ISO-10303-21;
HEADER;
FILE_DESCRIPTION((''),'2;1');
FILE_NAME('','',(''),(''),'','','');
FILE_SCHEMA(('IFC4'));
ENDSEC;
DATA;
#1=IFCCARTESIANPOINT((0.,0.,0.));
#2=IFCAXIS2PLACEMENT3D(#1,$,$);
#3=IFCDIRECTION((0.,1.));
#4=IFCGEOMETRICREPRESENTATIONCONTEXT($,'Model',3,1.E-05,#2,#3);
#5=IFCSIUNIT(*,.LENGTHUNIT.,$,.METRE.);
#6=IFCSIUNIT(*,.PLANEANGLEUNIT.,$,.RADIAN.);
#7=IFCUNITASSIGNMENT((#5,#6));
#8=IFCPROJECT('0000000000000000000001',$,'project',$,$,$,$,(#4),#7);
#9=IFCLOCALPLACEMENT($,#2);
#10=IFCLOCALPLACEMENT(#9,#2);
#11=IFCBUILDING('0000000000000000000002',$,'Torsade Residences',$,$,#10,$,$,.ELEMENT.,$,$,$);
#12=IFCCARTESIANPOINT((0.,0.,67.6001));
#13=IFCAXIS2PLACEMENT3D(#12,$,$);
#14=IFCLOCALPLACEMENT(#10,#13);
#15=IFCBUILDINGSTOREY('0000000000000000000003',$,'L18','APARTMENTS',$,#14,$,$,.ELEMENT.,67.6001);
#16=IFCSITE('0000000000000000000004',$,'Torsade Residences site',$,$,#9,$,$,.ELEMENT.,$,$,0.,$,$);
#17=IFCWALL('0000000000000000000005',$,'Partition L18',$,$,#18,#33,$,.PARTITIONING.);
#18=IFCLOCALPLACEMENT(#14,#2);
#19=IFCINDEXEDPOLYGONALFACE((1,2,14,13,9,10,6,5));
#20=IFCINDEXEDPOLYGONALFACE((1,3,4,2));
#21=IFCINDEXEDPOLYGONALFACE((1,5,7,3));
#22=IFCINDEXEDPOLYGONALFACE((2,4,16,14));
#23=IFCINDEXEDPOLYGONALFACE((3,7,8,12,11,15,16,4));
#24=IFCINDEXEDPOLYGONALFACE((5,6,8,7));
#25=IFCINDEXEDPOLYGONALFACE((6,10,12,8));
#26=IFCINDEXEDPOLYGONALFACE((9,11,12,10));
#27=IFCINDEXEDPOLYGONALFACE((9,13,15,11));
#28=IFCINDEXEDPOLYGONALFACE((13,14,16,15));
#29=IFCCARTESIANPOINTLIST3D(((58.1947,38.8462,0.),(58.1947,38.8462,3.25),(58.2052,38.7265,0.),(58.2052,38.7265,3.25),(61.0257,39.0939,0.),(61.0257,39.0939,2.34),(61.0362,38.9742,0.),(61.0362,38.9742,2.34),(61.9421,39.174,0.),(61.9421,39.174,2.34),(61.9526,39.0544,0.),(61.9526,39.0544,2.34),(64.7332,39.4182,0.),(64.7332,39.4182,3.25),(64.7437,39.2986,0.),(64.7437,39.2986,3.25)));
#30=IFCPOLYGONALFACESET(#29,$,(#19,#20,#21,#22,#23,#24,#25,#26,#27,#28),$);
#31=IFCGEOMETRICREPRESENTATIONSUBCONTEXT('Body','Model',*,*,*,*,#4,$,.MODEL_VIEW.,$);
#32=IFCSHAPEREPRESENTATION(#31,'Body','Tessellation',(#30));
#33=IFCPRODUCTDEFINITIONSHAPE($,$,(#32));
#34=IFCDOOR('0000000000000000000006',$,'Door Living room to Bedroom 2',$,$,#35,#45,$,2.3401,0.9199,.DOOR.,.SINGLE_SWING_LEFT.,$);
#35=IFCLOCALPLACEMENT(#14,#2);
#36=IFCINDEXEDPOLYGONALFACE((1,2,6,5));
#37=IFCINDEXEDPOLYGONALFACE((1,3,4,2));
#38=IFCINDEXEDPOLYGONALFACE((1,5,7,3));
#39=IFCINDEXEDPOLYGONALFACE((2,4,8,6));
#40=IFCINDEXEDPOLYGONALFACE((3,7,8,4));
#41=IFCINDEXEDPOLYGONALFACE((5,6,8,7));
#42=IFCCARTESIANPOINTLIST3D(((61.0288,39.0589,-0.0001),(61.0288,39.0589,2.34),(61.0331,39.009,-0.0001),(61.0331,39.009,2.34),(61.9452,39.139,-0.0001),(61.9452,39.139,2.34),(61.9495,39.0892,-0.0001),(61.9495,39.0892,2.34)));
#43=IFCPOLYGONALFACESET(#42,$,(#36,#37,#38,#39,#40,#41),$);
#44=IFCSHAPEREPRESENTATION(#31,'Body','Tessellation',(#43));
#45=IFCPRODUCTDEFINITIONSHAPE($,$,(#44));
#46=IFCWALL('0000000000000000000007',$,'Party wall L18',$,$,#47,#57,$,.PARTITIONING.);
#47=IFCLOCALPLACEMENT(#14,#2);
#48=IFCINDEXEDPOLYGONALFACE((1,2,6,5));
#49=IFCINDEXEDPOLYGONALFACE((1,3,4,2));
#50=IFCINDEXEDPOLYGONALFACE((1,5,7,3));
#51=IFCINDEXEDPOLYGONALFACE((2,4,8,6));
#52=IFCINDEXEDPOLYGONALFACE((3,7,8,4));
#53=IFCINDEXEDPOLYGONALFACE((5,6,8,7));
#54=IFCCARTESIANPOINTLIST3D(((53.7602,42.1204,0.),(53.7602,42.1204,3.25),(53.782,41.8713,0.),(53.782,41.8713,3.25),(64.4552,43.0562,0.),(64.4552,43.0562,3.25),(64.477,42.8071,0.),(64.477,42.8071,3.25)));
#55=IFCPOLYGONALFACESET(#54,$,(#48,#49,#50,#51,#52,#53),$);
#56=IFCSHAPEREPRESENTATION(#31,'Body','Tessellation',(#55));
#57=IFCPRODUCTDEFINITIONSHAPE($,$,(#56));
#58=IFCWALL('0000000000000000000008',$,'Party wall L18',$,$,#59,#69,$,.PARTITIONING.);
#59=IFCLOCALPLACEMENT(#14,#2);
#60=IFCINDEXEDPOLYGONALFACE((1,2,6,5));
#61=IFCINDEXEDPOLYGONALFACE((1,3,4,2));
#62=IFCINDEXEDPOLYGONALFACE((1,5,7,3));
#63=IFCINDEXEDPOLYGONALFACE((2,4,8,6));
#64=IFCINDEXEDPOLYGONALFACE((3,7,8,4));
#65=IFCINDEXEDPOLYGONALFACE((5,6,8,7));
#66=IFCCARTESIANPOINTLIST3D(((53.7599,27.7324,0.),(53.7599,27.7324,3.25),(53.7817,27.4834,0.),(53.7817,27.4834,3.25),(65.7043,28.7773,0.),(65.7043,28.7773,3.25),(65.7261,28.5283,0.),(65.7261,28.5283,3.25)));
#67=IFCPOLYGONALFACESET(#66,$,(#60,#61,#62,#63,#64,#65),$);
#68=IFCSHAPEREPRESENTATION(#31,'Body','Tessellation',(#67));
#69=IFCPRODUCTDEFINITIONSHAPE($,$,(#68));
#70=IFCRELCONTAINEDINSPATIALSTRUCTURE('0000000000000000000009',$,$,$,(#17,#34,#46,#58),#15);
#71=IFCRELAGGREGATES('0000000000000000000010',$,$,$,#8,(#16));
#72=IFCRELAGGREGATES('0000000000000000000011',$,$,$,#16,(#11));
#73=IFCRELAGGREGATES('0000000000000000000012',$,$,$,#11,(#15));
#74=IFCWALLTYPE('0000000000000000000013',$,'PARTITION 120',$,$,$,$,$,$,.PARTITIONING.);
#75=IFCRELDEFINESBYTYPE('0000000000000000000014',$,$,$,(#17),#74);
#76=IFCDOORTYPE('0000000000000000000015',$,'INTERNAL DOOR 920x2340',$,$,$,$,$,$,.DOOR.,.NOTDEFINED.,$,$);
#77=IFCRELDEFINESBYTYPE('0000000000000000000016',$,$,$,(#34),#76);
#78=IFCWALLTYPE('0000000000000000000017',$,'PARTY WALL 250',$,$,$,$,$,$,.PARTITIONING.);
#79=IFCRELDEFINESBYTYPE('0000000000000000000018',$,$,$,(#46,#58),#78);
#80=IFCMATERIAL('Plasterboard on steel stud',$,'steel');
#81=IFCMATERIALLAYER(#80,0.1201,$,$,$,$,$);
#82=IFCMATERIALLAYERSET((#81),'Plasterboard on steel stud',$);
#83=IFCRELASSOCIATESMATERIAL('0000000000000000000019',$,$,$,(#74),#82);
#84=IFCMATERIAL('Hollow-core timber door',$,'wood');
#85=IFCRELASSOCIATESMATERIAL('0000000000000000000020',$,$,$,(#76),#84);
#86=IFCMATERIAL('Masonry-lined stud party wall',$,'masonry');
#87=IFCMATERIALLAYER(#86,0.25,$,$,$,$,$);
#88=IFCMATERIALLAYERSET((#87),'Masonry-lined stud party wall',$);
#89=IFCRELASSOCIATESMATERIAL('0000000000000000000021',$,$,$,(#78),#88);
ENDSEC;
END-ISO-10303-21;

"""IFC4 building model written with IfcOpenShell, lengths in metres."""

from ifc_helpers import new_model, si_unit, direction, frame, frame_2d, origin, place, context, subcontext, project, spatial, rectangle, extrude, material, layer, layer_set, type_object, element, fill, save


model = new_model("IFC4")

# Units and contexts
model_context = context("Model", 3, precision=1e-05, world=origin(), true_north=direction((0.0, 1.0)))
body_context = subcontext(model_context, "Body", "Model", "MODEL_VIEW")
ifc_project = project(units=[si_unit("LENGTHUNIT", "METRE"), si_unit("PLANEANGLEUNIT", "RADIAN")], contexts=[model_context])

# Site, building, storey
site_placement = place(None, origin())
site = spatial("IfcSite", under=ifc_project, at=site_placement, Name="Torsade Residences site", CompositionType="ELEMENT", RefElevation=0.0)
building_placement = place(site_placement, origin())
building = spatial("IfcBuilding", under=site, at=building_placement, Name="Torsade Residences", CompositionType="ELEMENT")
storey_placement = place(building_placement, frame((0.0, 0.0, 67.6001)))
storey = spatial("IfcBuildingStorey", under=building, at=storey_placement, Name="L18", Description="APARTMENTS", CompositionType="ELEMENT", Elevation=67.6001)

# Shared definitions
ifc_material_1 = material(Name="Plasterboard on steel stud", Category="steel")
ifc_layer_1 = layer(ifc_material_1, 0.1201)
ifc_layer_set_1 = layer_set([ifc_layer_1], Name="Plasterboard on steel stud")
wall_type_1 = type_object("IfcWallType", Name="PARTITION 120", PredefinedType="PARTITIONING", material=ifc_layer_set_1)

# Wall, opening, door
wall_1_placement = place(storey_placement, frame((58.2, 38.7864, 0.0), z_axis=(0.0, 0.0, 1.0), x_axis=(0.996195, 0.087151, 0.0)))
wall_1 = element("IfcWall", 1, at=wall_1_placement, inside=storey, type_object=wall_type_1, Name="Partition L18", PredefinedType="PARTITIONING", context=body_context, shape_type="SweptSolid", body=[
    extrude(rectangle(XDim=6.5635, YDim=0.1201, at=frame_2d((3.2817, 0.0))), origin(), (0.0, 0.0, 1.0), 3.25),
])
opening_1_placement = place(wall_1_placement, frame((2.8418, 0.0, 0.0)))
opening_1 = element("IfcOpeningElement", 2, at=opening_1_placement, cuts=wall_1, PredefinedType="OPENING", context=body_context, shape_type="SweptSolid", body=[
    extrude(rectangle(XDim=0.9199, YDim=2.3401, at=frame_2d((0.46, 1.1699))), frame((0.0, 0.0701, 0.0), z_axis=(0.0, -1.0, 0.0), x_axis=(1.0, 0.0, 0.0)), (0.0, 0.0, 1.0), 0.1401),
])
ifc_material_2 = material(Name="Hollow-core timber door", Category="wood")
door_type_1 = type_object("IfcDoorType", Name="INTERNAL DOOR 920x2340", OperationType="NOTDEFINED", PredefinedType="DOOR", material=ifc_material_2)
door_1_placement = place(opening_1_placement, origin())
door_1 = element("IfcDoor", 3, at=door_1_placement, inside=storey, type_object=door_type_1, Name="Door Living room to Bedroom 2", OperationType="SINGLE_SWING_LEFT", OverallHeight=2.3401, OverallWidth=0.9199, PredefinedType="DOOR", context=body_context, shape_type="SweptSolid", body=[
    extrude(rectangle(XDim=0.9199, YDim=2.3401, at=frame_2d((0.46, 1.1699))), frame((0.0, 0.0249, 0.0), z_axis=(0.0, -1.0, 0.0), x_axis=(1.0, 0.0, 0.0)), (0.0, 0.0, 1.0), 0.05),
])
fill(opening_1, door_1)

# Walls
ifc_material_3 = material(Name="Masonry-lined stud party wall", Category="masonry")
ifc_layer_2 = layer(ifc_material_3, 0.25)
ifc_layer_set_2 = layer_set([ifc_layer_2], Name="Masonry-lined stud party wall")
wall_type_2 = type_object("IfcWallType", Name="PARTY WALL 250", PredefinedType="PARTITIONING", material=ifc_layer_set_2)
wall_2_placement = place(storey_placement, frame((64.4661, 42.9316, 0.0), z_axis=(0.0, 0.0, 1.0), x_axis=(-0.996194, -0.087164, 0.0)))
element("IfcWall", 4, at=wall_2_placement, inside=storey, type_object=wall_type_2, Name="Party wall L18", PredefinedType="PARTITIONING", context=body_context, shape_type="SweptSolid", body=[
    extrude(rectangle(XDim=10.7358, YDim=0.25, at=frame_2d((5.3679, 0.0))), origin(), (0.0, 0.0, 1.0), 3.25),
])
wall_3_placement = place(storey_placement, frame((65.7153, 28.6528, 0.0), z_axis=(0.0, 0.0, 1.0), x_axis=(-0.996195, -0.08715, 0.0)))
element("IfcWall", 5, at=wall_3_placement, inside=storey, type_object=wall_type_2, Name="Party wall L18", PredefinedType="PARTITIONING", context=body_context, shape_type="SweptSolid", body=[
    extrude(rectangle(XDim=11.99, YDim=0.25, at=frame_2d((5.9951, 0.0))), origin(), (0.0, 0.0, 1.0), 3.25),
])

save(model, "model.ifc")
